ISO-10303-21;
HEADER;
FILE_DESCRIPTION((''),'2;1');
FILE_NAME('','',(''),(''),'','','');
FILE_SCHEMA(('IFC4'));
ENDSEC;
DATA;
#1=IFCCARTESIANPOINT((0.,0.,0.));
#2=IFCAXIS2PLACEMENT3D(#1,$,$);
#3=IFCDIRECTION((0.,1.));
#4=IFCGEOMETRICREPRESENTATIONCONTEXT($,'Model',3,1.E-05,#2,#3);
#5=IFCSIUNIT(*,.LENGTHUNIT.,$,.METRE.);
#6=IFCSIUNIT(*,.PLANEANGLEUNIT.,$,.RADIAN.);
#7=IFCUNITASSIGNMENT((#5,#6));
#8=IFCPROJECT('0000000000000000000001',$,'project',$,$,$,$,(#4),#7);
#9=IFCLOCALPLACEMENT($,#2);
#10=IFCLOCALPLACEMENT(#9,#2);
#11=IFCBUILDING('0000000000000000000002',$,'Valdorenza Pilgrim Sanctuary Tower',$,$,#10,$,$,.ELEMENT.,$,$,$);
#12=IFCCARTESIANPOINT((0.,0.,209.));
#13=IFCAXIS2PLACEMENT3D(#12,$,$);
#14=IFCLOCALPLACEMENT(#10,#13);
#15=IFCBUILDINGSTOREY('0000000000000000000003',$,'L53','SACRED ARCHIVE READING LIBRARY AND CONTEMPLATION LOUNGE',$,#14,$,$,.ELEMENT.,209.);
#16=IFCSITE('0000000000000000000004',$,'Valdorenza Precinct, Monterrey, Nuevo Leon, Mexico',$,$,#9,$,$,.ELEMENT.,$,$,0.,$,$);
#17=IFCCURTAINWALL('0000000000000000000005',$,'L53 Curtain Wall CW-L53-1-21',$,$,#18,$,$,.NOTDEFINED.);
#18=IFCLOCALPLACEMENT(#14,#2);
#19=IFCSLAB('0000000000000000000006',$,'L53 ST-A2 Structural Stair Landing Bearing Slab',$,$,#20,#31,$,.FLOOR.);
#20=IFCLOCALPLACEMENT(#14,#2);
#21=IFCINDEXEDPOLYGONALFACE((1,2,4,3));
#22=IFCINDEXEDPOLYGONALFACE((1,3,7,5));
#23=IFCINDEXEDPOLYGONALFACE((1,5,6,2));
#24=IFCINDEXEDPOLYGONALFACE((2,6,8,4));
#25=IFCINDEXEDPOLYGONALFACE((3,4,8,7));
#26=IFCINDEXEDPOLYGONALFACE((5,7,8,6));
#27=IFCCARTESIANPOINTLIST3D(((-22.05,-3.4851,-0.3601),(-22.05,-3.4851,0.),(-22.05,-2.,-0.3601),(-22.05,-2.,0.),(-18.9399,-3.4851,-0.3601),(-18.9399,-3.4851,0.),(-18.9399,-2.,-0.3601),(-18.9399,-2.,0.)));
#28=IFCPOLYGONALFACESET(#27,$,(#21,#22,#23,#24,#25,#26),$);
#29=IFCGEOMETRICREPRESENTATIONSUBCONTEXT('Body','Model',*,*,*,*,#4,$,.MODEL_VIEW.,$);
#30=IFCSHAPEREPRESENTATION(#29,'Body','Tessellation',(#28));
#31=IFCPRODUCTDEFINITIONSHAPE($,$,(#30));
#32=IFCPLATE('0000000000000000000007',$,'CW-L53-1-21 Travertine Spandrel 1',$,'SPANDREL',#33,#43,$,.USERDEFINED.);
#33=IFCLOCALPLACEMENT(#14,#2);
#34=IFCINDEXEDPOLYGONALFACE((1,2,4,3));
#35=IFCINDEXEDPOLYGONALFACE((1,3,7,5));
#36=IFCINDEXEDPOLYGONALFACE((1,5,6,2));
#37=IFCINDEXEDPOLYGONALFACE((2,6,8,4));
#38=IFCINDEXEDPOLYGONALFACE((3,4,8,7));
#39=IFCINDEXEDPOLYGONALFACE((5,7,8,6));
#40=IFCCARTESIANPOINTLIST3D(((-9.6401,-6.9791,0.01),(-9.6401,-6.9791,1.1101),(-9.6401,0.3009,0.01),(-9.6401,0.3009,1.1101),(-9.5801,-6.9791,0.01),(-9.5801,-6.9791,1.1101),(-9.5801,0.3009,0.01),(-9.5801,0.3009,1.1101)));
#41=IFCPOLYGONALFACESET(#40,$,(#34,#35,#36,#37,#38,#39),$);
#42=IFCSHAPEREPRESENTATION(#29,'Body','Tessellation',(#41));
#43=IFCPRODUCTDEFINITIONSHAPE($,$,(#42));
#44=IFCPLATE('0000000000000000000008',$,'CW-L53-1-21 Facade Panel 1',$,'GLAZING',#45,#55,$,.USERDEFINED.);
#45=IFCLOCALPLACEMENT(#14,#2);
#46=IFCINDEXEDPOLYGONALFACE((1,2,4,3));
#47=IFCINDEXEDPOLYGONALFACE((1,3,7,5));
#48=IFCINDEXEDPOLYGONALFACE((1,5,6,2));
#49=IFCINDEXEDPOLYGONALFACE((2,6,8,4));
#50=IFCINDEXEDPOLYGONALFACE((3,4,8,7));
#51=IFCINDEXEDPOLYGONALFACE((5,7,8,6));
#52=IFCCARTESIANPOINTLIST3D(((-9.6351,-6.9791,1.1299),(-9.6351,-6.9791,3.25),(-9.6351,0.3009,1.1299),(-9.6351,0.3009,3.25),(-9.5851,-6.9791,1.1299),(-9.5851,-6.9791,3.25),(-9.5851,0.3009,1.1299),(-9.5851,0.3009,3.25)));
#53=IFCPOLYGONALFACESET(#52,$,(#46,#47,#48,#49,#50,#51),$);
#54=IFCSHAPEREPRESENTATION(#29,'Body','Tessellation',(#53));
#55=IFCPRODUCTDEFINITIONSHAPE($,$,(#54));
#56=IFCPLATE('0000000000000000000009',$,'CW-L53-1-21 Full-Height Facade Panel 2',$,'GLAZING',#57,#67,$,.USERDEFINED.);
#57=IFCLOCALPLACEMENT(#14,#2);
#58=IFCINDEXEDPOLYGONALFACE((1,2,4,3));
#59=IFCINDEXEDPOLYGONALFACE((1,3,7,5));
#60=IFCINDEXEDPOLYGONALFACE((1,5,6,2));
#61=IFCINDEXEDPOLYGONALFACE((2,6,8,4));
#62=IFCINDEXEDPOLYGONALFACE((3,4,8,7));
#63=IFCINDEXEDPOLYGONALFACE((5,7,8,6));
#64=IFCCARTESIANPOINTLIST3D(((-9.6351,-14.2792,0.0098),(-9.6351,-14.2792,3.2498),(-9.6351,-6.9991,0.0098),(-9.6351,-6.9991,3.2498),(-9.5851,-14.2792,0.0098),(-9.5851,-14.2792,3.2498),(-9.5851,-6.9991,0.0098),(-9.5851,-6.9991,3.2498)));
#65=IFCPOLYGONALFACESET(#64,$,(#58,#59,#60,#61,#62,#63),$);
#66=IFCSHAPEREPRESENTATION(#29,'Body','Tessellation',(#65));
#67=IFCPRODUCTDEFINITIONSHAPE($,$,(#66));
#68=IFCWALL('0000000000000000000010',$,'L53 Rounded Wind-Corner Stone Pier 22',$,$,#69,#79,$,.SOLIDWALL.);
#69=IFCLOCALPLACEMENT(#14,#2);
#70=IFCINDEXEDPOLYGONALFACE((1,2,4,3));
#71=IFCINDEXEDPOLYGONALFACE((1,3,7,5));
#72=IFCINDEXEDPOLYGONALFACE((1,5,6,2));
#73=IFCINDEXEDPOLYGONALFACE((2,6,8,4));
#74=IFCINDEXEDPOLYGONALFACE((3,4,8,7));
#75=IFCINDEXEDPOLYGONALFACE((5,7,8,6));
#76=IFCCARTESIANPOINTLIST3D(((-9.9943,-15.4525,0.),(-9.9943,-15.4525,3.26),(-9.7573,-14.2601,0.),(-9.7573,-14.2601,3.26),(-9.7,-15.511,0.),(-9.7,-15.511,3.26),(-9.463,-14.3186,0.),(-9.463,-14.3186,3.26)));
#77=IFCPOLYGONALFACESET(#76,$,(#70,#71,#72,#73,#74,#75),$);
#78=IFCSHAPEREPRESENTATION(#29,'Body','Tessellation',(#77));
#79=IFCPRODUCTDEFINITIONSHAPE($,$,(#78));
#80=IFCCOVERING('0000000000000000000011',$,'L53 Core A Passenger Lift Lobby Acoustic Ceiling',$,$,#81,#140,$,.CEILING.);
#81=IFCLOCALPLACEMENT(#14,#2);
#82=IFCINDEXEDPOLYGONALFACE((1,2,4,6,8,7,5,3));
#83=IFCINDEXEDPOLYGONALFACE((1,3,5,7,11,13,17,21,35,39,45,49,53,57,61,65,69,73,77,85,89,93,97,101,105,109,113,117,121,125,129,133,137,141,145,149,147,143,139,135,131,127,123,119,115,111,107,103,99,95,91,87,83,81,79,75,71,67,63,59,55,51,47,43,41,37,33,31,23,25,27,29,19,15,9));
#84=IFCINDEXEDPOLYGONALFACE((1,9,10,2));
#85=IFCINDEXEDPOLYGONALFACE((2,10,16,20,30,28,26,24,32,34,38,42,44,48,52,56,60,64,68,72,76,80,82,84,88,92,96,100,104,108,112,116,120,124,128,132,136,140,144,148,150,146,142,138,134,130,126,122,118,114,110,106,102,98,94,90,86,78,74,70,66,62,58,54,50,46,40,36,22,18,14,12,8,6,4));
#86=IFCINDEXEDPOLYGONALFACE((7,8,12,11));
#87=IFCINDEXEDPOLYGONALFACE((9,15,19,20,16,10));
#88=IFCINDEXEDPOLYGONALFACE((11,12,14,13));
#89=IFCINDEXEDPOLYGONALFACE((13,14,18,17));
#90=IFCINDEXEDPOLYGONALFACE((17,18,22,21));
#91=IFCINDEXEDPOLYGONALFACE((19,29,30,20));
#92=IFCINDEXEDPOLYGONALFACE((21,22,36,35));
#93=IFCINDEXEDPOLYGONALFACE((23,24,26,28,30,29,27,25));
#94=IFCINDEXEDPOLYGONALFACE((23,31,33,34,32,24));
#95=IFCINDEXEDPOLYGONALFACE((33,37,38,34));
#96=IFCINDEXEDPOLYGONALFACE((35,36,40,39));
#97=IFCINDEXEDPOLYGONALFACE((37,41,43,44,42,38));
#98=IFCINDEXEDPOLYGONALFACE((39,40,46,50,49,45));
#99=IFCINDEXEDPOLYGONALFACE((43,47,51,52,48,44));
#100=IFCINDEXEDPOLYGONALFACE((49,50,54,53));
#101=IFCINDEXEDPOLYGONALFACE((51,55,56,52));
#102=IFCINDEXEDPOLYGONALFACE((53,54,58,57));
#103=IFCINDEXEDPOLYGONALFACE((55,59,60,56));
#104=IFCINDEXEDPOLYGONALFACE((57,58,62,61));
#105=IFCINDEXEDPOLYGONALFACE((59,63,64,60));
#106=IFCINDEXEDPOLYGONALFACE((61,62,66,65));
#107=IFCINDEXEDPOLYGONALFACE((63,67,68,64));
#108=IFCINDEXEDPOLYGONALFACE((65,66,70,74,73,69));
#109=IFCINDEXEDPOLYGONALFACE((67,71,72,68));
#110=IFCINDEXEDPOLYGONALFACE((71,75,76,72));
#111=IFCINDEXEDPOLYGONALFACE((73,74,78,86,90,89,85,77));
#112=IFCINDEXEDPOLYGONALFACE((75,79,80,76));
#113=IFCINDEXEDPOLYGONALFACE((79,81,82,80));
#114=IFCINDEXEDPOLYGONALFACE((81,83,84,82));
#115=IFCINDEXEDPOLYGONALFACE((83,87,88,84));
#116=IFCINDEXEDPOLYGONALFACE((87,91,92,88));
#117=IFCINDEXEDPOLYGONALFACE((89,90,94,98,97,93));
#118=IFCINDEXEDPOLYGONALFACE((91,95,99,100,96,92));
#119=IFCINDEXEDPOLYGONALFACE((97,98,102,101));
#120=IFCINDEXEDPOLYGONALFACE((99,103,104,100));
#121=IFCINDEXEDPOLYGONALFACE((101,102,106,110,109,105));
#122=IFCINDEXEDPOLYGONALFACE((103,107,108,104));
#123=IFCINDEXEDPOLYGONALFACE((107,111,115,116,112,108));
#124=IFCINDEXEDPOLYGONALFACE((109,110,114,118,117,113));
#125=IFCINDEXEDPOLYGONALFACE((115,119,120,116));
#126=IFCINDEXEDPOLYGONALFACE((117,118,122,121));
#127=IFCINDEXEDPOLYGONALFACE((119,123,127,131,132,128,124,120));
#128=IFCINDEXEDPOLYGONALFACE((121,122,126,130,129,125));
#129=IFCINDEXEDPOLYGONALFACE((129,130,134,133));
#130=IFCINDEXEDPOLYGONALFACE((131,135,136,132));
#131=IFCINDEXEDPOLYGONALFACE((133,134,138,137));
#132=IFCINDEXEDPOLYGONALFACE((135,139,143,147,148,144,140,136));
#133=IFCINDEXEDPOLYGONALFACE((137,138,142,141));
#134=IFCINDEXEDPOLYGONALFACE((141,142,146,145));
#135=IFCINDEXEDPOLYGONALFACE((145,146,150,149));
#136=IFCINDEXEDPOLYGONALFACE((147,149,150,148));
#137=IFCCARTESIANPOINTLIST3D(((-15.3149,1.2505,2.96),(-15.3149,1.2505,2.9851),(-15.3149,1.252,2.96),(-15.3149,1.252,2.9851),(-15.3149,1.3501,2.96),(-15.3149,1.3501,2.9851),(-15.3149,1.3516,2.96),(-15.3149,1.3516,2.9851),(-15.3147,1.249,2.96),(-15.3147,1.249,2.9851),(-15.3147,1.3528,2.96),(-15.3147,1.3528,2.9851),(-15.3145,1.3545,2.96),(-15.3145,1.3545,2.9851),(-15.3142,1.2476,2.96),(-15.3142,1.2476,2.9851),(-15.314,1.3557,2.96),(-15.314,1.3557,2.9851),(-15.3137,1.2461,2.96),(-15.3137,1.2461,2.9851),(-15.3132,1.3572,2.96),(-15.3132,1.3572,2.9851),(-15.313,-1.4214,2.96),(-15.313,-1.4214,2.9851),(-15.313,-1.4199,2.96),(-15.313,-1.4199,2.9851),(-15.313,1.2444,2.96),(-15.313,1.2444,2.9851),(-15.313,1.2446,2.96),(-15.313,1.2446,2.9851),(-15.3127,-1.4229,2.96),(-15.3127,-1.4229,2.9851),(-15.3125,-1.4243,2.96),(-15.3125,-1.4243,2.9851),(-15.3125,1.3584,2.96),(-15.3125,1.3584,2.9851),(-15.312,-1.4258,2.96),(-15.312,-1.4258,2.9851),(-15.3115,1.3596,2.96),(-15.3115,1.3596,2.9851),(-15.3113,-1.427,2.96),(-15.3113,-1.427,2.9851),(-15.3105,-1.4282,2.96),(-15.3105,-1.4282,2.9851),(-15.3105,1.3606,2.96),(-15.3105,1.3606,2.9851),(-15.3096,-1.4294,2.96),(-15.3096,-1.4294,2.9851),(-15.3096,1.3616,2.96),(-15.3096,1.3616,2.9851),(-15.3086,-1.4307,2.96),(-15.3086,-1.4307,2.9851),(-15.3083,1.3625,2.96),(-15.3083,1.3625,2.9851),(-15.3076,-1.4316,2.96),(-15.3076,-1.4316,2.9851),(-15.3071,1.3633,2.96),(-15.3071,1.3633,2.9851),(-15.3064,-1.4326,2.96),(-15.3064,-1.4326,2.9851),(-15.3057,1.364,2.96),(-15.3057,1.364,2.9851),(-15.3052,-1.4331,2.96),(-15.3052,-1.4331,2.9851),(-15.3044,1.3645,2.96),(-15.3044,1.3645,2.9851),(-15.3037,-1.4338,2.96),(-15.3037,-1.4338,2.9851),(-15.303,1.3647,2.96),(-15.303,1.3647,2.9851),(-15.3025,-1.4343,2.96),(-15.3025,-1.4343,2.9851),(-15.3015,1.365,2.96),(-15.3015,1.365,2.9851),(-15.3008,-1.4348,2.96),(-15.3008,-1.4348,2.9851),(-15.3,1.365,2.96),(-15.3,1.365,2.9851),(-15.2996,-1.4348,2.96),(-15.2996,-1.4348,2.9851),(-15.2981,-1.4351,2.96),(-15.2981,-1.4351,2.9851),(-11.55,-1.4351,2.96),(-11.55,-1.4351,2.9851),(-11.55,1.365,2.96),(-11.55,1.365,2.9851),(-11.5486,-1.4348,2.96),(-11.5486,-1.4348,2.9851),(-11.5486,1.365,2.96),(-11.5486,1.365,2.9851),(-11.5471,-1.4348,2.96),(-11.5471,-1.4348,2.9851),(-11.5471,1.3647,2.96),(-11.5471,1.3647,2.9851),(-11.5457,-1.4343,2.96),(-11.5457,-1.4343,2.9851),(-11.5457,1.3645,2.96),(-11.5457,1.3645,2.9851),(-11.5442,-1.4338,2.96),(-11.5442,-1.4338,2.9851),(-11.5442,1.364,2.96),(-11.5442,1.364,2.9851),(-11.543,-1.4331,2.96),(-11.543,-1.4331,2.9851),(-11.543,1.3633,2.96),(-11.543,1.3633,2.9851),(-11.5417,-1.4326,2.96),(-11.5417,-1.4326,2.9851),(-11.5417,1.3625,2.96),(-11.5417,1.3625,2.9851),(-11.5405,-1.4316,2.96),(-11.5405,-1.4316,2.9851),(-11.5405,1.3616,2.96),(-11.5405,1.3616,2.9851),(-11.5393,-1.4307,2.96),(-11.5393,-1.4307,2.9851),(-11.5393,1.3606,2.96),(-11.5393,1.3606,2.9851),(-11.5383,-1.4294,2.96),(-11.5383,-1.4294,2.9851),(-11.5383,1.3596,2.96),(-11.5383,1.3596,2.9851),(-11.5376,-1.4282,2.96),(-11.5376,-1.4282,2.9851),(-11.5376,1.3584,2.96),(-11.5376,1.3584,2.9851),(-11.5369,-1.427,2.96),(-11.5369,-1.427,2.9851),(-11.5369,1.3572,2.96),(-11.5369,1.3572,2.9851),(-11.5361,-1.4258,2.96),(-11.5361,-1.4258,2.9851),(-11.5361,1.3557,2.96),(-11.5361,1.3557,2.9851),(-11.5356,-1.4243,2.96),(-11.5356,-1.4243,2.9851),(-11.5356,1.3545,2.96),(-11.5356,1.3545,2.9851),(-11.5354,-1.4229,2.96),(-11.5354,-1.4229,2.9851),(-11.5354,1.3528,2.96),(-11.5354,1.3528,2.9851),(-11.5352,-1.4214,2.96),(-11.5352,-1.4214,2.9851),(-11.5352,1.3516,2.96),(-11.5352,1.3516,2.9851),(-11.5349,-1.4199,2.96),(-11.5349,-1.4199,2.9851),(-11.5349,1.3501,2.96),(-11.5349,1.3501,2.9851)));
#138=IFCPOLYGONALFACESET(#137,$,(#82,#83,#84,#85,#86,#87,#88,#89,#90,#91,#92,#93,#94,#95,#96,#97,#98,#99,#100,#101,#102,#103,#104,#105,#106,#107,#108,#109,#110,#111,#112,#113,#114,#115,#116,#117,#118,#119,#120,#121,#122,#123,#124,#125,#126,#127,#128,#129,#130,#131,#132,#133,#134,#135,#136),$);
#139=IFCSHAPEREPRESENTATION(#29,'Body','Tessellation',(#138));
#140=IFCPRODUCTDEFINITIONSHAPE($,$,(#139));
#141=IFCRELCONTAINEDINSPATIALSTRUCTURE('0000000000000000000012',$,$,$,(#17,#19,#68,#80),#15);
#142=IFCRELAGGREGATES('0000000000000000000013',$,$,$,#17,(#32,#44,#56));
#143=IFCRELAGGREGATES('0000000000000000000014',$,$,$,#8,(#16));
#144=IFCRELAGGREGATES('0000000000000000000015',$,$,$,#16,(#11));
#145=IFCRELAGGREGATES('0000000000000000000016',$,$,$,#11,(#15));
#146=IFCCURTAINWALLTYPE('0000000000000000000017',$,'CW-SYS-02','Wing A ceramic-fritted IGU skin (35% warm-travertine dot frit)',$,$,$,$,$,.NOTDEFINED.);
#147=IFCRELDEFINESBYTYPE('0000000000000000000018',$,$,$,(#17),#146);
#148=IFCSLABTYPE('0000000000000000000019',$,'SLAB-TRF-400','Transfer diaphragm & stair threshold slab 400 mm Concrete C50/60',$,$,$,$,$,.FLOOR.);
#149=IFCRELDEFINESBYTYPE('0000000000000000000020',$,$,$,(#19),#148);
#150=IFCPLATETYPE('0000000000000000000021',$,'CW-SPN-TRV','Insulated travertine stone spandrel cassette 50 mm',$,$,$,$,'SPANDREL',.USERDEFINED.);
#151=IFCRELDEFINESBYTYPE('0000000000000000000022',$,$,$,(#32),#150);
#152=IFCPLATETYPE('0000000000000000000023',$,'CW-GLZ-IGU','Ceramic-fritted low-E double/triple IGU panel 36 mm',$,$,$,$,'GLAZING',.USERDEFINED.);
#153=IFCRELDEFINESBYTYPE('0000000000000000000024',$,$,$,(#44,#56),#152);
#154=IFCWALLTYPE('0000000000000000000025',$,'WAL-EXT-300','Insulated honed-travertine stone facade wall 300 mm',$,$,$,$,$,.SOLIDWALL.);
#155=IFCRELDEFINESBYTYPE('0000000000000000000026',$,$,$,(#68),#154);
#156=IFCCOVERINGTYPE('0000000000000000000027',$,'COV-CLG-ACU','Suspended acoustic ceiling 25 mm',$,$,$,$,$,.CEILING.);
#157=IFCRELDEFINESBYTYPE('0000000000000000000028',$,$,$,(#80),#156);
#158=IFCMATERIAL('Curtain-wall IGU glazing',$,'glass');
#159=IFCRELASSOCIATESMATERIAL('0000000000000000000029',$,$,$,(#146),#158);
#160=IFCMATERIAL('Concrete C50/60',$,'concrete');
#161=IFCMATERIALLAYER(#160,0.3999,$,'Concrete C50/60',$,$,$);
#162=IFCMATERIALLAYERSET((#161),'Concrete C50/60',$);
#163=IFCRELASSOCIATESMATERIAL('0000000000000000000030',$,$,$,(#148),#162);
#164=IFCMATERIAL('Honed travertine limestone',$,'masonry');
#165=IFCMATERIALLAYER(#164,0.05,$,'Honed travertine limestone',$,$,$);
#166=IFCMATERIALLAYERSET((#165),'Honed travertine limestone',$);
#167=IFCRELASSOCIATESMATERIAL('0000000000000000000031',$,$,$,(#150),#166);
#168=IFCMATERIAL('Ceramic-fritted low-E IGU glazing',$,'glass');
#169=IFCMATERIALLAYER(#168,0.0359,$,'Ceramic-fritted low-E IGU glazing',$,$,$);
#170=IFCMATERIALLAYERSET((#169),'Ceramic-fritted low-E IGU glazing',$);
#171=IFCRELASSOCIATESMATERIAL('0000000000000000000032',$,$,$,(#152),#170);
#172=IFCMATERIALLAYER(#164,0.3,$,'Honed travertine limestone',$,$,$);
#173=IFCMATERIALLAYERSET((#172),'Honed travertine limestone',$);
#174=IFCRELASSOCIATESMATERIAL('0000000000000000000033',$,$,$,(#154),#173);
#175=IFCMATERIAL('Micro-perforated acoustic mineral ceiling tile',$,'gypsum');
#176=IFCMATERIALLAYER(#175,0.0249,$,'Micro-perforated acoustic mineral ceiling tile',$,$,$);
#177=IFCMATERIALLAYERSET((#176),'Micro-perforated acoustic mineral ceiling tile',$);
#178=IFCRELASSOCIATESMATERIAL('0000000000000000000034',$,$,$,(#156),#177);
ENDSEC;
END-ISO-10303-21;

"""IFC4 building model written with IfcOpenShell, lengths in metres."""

from ifc_helpers import new_model, si_unit, direction, frame, frame_2d, origin, origin_2d, place, context, subcontext, project, spatial, polyline, rectangle, outline, extrude, source, transform, mapped, material, layer, layer_set, type_object, element, aggregate, save


model = new_model("IFC4")

# Units and contexts
model_context = context("Model", 3, precision=1e-05, world=origin(), true_north=direction((0.0, 1.0)))
body_context = subcontext(model_context, "Body", "Model", "MODEL_VIEW")
ifc_project = project(units=[si_unit("LENGTHUNIT", "METRE"), si_unit("PLANEANGLEUNIT", "RADIAN")], contexts=[model_context])

# Site, building, storey
site_placement = place(None, origin())
site = spatial("IfcSite", under=ifc_project, at=site_placement, Name="Valdorenza Precinct, Monterrey, Nuevo Leon, Mexico", CompositionType="ELEMENT", RefElevation=0.0)
building_placement = place(site_placement, origin())
building = spatial("IfcBuilding", under=site, at=building_placement, Name="Valdorenza Pilgrim Sanctuary Tower", CompositionType="ELEMENT")
storey_placement = place(building_placement, frame((0.0, 0.0, 209.0)))
storey = spatial("IfcBuildingStorey", under=building, at=storey_placement, Name="L53", Description="SACRED ARCHIVE READING LIBRARY AND CONTEMPLATION LOUNGE", CompositionType="ELEMENT", Elevation=209.0)

# Curtain wall
ifc_material_1 = material(Name="Curtain-wall IGU glazing", Category="glass")
curtain_wall_type = type_object("IfcCurtainWallType", Name="CW-SYS-02", Description="Wing A ceramic-fritted IGU skin (35% warm-travertine dot frit)", PredefinedType="NOTDEFINED", material=ifc_material_1)
curtain_wall_placement = place(storey_placement, origin())
curtain_wall = element("IfcCurtainWall", 1, at=curtain_wall_placement, inside=storey, type_object=curtain_wall_type, Name="L53 Curtain Wall CW-L53-1-21", PredefinedType="NOTDEFINED")

# Slab
ifc_material_2 = material(Name="Concrete C50/60", Category="concrete")
ifc_layer_1 = layer(ifc_material_2, 0.3999, Name="Concrete C50/60")
ifc_layer_set_1 = layer_set([ifc_layer_1], Name="Concrete C50/60")
slab_type_1 = type_object("IfcSlabType", Name="SLAB-TRF-400", Description="Transfer diaphragm & stair threshold slab 400 mm Concrete C50/60", PredefinedType="FLOOR", material=ifc_layer_set_1)
slab_1_placement = place(storey_placement, frame((0.0, 0.0, -0.3601)))
element("IfcSlab", 2, at=slab_1_placement, inside=storey, type_object=slab_type_1, Name="L53 ST-A2 Structural Stair Landing Bearing Slab", PredefinedType="FLOOR", context=body_context, shape_type="SweptSolid", body=[
    extrude(outline(polyline([(-22.05, -3.4851), (-18.9399, -3.4851), (-18.9399, -2.0), (-22.05, -2.0), (-22.05, -3.4851)])), origin(), (0.0, 0.0, 1.0), 0.3601),
])

# Plates
ifc_material_3 = material(Name="Honed travertine limestone", Category="masonry")
ifc_layer_2 = layer(ifc_material_3, 0.05, Name="Honed travertine limestone")
ifc_layer_set_2 = layer_set([ifc_layer_2], Name="Honed travertine limestone")
plate_type_1 = type_object("IfcPlateType", Name="CW-SPN-TRV", Description="Insulated travertine stone spandrel cassette 50 mm", ElementType="SPANDREL", PredefinedType="USERDEFINED", material=ifc_layer_set_2)
shared_shape_1 = source(origin(), body_context, "Body", "SweptSolid", [
    extrude(rectangle(XDim=7.28, YDim=0.0601, at=origin_2d()), origin(), (0.0, 0.0, 1.0), 1.1001),
])
plate_1_placement = place(storey_placement, frame((-9.6101, -3.3391, 0.01), z_axis=(0.0, 0.0, 1.0), x_axis=(0.0, -1.0, 0.0)))
plate_1 = element("IfcPlate", 3, at=plate_1_placement, type_object=plate_type_1, Name="CW-L53-1-21 Travertine Spandrel 1", ObjectType="SPANDREL", PredefinedType="USERDEFINED", context=body_context, shape_type="MappedRepresentation", body=[
    mapped(shared_shape_1, transform((0.0, 0.0, 0.0), x_axis=(1.0, 0.0, 0.0), y_axis=(0.0, 1.0, 0.0), z_axis=(0.0, 0.0, 1.0), scale=1.0)),
])
ifc_material_4 = material(Name="Ceramic-fritted low-E IGU glazing", Category="glass")
ifc_layer_3 = layer(ifc_material_4, 0.0359, Name="Ceramic-fritted low-E IGU glazing")
ifc_layer_set_3 = layer_set([ifc_layer_3], Name="Ceramic-fritted low-E IGU glazing")
plate_type_2 = type_object("IfcPlateType", Name="CW-GLZ-IGU", Description="Ceramic-fritted low-E double/triple IGU panel 36 mm", ElementType="GLAZING", PredefinedType="USERDEFINED", material=ifc_layer_set_3)
shared_shape_2 = source(origin(), body_context, "Body", "SweptSolid", [
    extrude(rectangle(XDim=7.28, YDim=0.05, at=origin_2d()), origin(), (0.0, 0.0, 1.0), 2.1201),
])
plate_2_placement = place(storey_placement, frame((-9.6101, -3.3391, 1.1299), z_axis=(0.0, 0.0, 1.0), x_axis=(0.0, -1.0, 0.0)))
plate_2 = element("IfcPlate", 4, at=plate_2_placement, type_object=plate_type_2, Name="CW-L53-1-21 Facade Panel 1", ObjectType="GLAZING", PredefinedType="USERDEFINED", context=body_context, shape_type="MappedRepresentation", body=[
    mapped(shared_shape_2, transform((0.0, 0.0, 0.0), x_axis=(1.0, 0.0, 0.0), y_axis=(0.0, 1.0, 0.0), z_axis=(0.0, 0.0, 1.0), scale=1.0)),
])
shared_shape_3 = source(origin(), body_context, "Body", "SweptSolid", [
    extrude(rectangle(XDim=7.28, YDim=0.05, at=origin_2d()), origin(), (0.0, 0.0, 1.0), 3.24),
])
plate_3_placement = place(storey_placement, frame((-9.6101, -10.6392, 0.0098), z_axis=(0.0, 0.0, 1.0), x_axis=(0.0, -1.0, 0.0)))
plate_3 = element("IfcPlate", 5, at=plate_3_placement, type_object=plate_type_2, Name="CW-L53-1-21 Full-Height Facade Panel 2", ObjectType="GLAZING", PredefinedType="USERDEFINED", context=body_context, shape_type="MappedRepresentation", body=[
    mapped(shared_shape_3, transform((0.0, 0.0, 0.0), x_axis=(1.0, 0.0, 0.0), y_axis=(0.0, 1.0, 0.0), z_axis=(0.0, 0.0, 1.0), scale=1.0)),
])
aggregate(curtain_wall, [plate_1, plate_2, plate_3])

# Wall
ifc_layer_4 = layer(ifc_material_3, 0.3, Name="Honed travertine limestone")
ifc_layer_set_4 = layer_set([ifc_layer_4], Name="Honed travertine limestone")
wall_type = type_object("IfcWallType", Name="WAL-EXT-300", Description="Insulated honed-travertine stone facade wall 300 mm", PredefinedType="SOLIDWALL", material=ifc_layer_set_4)
wall_placement = place(storey_placement, frame((-9.6101, -14.2893, 0.0), z_axis=(0.0, 0.0, 1.0), x_axis=(-0.194996, -0.980804, 0.0)))
element("IfcWall", 6, at=wall_placement, inside=storey, type_object=wall_type, Name="L53 Rounded Wind-Corner Stone Pier 22", PredefinedType="SOLIDWALL", context=body_context, shape_type="SweptSolid", body=[
    extrude(rectangle(XDim=1.2158, YDim=0.3, at=frame_2d((0.6079, 0.0))), origin(), (0.0, 0.0, 1.0), 3.26),
])

# Covering
ifc_material_5 = material(Name="Micro-perforated acoustic mineral ceiling tile", Category="gypsum")
ifc_layer_5 = layer(ifc_material_5, 0.0249, Name="Micro-perforated acoustic mineral ceiling tile")
ifc_layer_set_5 = layer_set([ifc_layer_5], Name="Micro-perforated acoustic mineral ceiling tile")
covering_type_1 = type_object("IfcCoveringType", Name="COV-CLG-ACU", Description="Suspended acoustic ceiling 25 mm", PredefinedType="CEILING", material=ifc_layer_set_5)
covering_1_placement = place(storey_placement, frame((0.0, 0.0, 2.96)))
element("IfcCovering", 7, at=covering_1_placement, inside=storey, type_object=covering_type_1, Name="L53 Core A Passenger Lift Lobby Acoustic Ceiling", PredefinedType="CEILING", context=body_context, shape_type="SweptSolid", body=[
    extrude(outline(polyline([(-15.3149, 1.3501), (-15.3149, 1.3516), (-15.3147, 1.3528), (-15.3145, 1.3545), (-15.314, 1.3557), (-15.3132, 1.3572), (-15.3125, 1.3584), (-15.3115, 1.3596), (-15.3105, 1.3606), (-15.3096, 1.3616), (-15.3083, 1.3625), (-15.3071, 1.3633), (-15.3057, 1.364), (-15.3044, 1.3645), (-15.303, 1.3647), (-15.3015, 1.365), (-15.3, 1.365), (-11.55, 1.365), (-11.5486, 1.365), (-11.5471, 1.3647), (-11.5457, 1.3645), (-11.5442, 1.364), (-11.543, 1.3633), (-11.5417, 1.3625), (-11.5405, 1.3616), (-11.5393, 1.3606), (-11.5383, 1.3596), (-11.5376, 1.3584), (-11.5369, 1.3572), (-11.5361, 1.3557), (-11.5356, 1.3545), (-11.5354, 1.3528), (-11.5352, 1.3516), (-11.5349, 1.3501), (-11.5349, -1.4199), (-11.5352, -1.4214), (-11.5354, -1.4229), (-11.5356, -1.4243), (-11.5361, -1.4258), (-11.5369, -1.427), (-11.5376, -1.4282), (-11.5383, -1.4294), (-11.5393, -1.4307), (-11.5405, -1.4316), (-11.5417, -1.4326), (-11.543, -1.4331), (-11.5442, -1.4338), (-11.5457, -1.4343), (-11.5471, -1.4348), (-11.5486, -1.4348), (-11.55, -1.4351), (-15.2981, -1.4351), (-15.2996, -1.4348), (-15.3008, -1.4348), (-15.3025, -1.4343), (-15.3037, -1.4338), (-15.3052, -1.4331), (-15.3064, -1.4326), (-15.3076, -1.4316), (-15.3086, -1.4307), (-15.3096, -1.4294), (-15.3105, -1.4282), (-15.3113, -1.427), (-15.312, -1.4258), (-15.3125, -1.4243), (-15.3127, -1.4229), (-15.313, -1.4214), (-15.313, -1.4199), (-15.313, 1.2444), (-15.313, 1.2446), (-15.3137, 1.2461), (-15.3142, 1.2476), (-15.3147, 1.249), (-15.3149, 1.2505), (-15.3149, 1.252), (-15.3149, 1.3501)])), origin(), (0.0, 0.0, 1.0), 0.0251),
])

save(model, "model.ifc")
